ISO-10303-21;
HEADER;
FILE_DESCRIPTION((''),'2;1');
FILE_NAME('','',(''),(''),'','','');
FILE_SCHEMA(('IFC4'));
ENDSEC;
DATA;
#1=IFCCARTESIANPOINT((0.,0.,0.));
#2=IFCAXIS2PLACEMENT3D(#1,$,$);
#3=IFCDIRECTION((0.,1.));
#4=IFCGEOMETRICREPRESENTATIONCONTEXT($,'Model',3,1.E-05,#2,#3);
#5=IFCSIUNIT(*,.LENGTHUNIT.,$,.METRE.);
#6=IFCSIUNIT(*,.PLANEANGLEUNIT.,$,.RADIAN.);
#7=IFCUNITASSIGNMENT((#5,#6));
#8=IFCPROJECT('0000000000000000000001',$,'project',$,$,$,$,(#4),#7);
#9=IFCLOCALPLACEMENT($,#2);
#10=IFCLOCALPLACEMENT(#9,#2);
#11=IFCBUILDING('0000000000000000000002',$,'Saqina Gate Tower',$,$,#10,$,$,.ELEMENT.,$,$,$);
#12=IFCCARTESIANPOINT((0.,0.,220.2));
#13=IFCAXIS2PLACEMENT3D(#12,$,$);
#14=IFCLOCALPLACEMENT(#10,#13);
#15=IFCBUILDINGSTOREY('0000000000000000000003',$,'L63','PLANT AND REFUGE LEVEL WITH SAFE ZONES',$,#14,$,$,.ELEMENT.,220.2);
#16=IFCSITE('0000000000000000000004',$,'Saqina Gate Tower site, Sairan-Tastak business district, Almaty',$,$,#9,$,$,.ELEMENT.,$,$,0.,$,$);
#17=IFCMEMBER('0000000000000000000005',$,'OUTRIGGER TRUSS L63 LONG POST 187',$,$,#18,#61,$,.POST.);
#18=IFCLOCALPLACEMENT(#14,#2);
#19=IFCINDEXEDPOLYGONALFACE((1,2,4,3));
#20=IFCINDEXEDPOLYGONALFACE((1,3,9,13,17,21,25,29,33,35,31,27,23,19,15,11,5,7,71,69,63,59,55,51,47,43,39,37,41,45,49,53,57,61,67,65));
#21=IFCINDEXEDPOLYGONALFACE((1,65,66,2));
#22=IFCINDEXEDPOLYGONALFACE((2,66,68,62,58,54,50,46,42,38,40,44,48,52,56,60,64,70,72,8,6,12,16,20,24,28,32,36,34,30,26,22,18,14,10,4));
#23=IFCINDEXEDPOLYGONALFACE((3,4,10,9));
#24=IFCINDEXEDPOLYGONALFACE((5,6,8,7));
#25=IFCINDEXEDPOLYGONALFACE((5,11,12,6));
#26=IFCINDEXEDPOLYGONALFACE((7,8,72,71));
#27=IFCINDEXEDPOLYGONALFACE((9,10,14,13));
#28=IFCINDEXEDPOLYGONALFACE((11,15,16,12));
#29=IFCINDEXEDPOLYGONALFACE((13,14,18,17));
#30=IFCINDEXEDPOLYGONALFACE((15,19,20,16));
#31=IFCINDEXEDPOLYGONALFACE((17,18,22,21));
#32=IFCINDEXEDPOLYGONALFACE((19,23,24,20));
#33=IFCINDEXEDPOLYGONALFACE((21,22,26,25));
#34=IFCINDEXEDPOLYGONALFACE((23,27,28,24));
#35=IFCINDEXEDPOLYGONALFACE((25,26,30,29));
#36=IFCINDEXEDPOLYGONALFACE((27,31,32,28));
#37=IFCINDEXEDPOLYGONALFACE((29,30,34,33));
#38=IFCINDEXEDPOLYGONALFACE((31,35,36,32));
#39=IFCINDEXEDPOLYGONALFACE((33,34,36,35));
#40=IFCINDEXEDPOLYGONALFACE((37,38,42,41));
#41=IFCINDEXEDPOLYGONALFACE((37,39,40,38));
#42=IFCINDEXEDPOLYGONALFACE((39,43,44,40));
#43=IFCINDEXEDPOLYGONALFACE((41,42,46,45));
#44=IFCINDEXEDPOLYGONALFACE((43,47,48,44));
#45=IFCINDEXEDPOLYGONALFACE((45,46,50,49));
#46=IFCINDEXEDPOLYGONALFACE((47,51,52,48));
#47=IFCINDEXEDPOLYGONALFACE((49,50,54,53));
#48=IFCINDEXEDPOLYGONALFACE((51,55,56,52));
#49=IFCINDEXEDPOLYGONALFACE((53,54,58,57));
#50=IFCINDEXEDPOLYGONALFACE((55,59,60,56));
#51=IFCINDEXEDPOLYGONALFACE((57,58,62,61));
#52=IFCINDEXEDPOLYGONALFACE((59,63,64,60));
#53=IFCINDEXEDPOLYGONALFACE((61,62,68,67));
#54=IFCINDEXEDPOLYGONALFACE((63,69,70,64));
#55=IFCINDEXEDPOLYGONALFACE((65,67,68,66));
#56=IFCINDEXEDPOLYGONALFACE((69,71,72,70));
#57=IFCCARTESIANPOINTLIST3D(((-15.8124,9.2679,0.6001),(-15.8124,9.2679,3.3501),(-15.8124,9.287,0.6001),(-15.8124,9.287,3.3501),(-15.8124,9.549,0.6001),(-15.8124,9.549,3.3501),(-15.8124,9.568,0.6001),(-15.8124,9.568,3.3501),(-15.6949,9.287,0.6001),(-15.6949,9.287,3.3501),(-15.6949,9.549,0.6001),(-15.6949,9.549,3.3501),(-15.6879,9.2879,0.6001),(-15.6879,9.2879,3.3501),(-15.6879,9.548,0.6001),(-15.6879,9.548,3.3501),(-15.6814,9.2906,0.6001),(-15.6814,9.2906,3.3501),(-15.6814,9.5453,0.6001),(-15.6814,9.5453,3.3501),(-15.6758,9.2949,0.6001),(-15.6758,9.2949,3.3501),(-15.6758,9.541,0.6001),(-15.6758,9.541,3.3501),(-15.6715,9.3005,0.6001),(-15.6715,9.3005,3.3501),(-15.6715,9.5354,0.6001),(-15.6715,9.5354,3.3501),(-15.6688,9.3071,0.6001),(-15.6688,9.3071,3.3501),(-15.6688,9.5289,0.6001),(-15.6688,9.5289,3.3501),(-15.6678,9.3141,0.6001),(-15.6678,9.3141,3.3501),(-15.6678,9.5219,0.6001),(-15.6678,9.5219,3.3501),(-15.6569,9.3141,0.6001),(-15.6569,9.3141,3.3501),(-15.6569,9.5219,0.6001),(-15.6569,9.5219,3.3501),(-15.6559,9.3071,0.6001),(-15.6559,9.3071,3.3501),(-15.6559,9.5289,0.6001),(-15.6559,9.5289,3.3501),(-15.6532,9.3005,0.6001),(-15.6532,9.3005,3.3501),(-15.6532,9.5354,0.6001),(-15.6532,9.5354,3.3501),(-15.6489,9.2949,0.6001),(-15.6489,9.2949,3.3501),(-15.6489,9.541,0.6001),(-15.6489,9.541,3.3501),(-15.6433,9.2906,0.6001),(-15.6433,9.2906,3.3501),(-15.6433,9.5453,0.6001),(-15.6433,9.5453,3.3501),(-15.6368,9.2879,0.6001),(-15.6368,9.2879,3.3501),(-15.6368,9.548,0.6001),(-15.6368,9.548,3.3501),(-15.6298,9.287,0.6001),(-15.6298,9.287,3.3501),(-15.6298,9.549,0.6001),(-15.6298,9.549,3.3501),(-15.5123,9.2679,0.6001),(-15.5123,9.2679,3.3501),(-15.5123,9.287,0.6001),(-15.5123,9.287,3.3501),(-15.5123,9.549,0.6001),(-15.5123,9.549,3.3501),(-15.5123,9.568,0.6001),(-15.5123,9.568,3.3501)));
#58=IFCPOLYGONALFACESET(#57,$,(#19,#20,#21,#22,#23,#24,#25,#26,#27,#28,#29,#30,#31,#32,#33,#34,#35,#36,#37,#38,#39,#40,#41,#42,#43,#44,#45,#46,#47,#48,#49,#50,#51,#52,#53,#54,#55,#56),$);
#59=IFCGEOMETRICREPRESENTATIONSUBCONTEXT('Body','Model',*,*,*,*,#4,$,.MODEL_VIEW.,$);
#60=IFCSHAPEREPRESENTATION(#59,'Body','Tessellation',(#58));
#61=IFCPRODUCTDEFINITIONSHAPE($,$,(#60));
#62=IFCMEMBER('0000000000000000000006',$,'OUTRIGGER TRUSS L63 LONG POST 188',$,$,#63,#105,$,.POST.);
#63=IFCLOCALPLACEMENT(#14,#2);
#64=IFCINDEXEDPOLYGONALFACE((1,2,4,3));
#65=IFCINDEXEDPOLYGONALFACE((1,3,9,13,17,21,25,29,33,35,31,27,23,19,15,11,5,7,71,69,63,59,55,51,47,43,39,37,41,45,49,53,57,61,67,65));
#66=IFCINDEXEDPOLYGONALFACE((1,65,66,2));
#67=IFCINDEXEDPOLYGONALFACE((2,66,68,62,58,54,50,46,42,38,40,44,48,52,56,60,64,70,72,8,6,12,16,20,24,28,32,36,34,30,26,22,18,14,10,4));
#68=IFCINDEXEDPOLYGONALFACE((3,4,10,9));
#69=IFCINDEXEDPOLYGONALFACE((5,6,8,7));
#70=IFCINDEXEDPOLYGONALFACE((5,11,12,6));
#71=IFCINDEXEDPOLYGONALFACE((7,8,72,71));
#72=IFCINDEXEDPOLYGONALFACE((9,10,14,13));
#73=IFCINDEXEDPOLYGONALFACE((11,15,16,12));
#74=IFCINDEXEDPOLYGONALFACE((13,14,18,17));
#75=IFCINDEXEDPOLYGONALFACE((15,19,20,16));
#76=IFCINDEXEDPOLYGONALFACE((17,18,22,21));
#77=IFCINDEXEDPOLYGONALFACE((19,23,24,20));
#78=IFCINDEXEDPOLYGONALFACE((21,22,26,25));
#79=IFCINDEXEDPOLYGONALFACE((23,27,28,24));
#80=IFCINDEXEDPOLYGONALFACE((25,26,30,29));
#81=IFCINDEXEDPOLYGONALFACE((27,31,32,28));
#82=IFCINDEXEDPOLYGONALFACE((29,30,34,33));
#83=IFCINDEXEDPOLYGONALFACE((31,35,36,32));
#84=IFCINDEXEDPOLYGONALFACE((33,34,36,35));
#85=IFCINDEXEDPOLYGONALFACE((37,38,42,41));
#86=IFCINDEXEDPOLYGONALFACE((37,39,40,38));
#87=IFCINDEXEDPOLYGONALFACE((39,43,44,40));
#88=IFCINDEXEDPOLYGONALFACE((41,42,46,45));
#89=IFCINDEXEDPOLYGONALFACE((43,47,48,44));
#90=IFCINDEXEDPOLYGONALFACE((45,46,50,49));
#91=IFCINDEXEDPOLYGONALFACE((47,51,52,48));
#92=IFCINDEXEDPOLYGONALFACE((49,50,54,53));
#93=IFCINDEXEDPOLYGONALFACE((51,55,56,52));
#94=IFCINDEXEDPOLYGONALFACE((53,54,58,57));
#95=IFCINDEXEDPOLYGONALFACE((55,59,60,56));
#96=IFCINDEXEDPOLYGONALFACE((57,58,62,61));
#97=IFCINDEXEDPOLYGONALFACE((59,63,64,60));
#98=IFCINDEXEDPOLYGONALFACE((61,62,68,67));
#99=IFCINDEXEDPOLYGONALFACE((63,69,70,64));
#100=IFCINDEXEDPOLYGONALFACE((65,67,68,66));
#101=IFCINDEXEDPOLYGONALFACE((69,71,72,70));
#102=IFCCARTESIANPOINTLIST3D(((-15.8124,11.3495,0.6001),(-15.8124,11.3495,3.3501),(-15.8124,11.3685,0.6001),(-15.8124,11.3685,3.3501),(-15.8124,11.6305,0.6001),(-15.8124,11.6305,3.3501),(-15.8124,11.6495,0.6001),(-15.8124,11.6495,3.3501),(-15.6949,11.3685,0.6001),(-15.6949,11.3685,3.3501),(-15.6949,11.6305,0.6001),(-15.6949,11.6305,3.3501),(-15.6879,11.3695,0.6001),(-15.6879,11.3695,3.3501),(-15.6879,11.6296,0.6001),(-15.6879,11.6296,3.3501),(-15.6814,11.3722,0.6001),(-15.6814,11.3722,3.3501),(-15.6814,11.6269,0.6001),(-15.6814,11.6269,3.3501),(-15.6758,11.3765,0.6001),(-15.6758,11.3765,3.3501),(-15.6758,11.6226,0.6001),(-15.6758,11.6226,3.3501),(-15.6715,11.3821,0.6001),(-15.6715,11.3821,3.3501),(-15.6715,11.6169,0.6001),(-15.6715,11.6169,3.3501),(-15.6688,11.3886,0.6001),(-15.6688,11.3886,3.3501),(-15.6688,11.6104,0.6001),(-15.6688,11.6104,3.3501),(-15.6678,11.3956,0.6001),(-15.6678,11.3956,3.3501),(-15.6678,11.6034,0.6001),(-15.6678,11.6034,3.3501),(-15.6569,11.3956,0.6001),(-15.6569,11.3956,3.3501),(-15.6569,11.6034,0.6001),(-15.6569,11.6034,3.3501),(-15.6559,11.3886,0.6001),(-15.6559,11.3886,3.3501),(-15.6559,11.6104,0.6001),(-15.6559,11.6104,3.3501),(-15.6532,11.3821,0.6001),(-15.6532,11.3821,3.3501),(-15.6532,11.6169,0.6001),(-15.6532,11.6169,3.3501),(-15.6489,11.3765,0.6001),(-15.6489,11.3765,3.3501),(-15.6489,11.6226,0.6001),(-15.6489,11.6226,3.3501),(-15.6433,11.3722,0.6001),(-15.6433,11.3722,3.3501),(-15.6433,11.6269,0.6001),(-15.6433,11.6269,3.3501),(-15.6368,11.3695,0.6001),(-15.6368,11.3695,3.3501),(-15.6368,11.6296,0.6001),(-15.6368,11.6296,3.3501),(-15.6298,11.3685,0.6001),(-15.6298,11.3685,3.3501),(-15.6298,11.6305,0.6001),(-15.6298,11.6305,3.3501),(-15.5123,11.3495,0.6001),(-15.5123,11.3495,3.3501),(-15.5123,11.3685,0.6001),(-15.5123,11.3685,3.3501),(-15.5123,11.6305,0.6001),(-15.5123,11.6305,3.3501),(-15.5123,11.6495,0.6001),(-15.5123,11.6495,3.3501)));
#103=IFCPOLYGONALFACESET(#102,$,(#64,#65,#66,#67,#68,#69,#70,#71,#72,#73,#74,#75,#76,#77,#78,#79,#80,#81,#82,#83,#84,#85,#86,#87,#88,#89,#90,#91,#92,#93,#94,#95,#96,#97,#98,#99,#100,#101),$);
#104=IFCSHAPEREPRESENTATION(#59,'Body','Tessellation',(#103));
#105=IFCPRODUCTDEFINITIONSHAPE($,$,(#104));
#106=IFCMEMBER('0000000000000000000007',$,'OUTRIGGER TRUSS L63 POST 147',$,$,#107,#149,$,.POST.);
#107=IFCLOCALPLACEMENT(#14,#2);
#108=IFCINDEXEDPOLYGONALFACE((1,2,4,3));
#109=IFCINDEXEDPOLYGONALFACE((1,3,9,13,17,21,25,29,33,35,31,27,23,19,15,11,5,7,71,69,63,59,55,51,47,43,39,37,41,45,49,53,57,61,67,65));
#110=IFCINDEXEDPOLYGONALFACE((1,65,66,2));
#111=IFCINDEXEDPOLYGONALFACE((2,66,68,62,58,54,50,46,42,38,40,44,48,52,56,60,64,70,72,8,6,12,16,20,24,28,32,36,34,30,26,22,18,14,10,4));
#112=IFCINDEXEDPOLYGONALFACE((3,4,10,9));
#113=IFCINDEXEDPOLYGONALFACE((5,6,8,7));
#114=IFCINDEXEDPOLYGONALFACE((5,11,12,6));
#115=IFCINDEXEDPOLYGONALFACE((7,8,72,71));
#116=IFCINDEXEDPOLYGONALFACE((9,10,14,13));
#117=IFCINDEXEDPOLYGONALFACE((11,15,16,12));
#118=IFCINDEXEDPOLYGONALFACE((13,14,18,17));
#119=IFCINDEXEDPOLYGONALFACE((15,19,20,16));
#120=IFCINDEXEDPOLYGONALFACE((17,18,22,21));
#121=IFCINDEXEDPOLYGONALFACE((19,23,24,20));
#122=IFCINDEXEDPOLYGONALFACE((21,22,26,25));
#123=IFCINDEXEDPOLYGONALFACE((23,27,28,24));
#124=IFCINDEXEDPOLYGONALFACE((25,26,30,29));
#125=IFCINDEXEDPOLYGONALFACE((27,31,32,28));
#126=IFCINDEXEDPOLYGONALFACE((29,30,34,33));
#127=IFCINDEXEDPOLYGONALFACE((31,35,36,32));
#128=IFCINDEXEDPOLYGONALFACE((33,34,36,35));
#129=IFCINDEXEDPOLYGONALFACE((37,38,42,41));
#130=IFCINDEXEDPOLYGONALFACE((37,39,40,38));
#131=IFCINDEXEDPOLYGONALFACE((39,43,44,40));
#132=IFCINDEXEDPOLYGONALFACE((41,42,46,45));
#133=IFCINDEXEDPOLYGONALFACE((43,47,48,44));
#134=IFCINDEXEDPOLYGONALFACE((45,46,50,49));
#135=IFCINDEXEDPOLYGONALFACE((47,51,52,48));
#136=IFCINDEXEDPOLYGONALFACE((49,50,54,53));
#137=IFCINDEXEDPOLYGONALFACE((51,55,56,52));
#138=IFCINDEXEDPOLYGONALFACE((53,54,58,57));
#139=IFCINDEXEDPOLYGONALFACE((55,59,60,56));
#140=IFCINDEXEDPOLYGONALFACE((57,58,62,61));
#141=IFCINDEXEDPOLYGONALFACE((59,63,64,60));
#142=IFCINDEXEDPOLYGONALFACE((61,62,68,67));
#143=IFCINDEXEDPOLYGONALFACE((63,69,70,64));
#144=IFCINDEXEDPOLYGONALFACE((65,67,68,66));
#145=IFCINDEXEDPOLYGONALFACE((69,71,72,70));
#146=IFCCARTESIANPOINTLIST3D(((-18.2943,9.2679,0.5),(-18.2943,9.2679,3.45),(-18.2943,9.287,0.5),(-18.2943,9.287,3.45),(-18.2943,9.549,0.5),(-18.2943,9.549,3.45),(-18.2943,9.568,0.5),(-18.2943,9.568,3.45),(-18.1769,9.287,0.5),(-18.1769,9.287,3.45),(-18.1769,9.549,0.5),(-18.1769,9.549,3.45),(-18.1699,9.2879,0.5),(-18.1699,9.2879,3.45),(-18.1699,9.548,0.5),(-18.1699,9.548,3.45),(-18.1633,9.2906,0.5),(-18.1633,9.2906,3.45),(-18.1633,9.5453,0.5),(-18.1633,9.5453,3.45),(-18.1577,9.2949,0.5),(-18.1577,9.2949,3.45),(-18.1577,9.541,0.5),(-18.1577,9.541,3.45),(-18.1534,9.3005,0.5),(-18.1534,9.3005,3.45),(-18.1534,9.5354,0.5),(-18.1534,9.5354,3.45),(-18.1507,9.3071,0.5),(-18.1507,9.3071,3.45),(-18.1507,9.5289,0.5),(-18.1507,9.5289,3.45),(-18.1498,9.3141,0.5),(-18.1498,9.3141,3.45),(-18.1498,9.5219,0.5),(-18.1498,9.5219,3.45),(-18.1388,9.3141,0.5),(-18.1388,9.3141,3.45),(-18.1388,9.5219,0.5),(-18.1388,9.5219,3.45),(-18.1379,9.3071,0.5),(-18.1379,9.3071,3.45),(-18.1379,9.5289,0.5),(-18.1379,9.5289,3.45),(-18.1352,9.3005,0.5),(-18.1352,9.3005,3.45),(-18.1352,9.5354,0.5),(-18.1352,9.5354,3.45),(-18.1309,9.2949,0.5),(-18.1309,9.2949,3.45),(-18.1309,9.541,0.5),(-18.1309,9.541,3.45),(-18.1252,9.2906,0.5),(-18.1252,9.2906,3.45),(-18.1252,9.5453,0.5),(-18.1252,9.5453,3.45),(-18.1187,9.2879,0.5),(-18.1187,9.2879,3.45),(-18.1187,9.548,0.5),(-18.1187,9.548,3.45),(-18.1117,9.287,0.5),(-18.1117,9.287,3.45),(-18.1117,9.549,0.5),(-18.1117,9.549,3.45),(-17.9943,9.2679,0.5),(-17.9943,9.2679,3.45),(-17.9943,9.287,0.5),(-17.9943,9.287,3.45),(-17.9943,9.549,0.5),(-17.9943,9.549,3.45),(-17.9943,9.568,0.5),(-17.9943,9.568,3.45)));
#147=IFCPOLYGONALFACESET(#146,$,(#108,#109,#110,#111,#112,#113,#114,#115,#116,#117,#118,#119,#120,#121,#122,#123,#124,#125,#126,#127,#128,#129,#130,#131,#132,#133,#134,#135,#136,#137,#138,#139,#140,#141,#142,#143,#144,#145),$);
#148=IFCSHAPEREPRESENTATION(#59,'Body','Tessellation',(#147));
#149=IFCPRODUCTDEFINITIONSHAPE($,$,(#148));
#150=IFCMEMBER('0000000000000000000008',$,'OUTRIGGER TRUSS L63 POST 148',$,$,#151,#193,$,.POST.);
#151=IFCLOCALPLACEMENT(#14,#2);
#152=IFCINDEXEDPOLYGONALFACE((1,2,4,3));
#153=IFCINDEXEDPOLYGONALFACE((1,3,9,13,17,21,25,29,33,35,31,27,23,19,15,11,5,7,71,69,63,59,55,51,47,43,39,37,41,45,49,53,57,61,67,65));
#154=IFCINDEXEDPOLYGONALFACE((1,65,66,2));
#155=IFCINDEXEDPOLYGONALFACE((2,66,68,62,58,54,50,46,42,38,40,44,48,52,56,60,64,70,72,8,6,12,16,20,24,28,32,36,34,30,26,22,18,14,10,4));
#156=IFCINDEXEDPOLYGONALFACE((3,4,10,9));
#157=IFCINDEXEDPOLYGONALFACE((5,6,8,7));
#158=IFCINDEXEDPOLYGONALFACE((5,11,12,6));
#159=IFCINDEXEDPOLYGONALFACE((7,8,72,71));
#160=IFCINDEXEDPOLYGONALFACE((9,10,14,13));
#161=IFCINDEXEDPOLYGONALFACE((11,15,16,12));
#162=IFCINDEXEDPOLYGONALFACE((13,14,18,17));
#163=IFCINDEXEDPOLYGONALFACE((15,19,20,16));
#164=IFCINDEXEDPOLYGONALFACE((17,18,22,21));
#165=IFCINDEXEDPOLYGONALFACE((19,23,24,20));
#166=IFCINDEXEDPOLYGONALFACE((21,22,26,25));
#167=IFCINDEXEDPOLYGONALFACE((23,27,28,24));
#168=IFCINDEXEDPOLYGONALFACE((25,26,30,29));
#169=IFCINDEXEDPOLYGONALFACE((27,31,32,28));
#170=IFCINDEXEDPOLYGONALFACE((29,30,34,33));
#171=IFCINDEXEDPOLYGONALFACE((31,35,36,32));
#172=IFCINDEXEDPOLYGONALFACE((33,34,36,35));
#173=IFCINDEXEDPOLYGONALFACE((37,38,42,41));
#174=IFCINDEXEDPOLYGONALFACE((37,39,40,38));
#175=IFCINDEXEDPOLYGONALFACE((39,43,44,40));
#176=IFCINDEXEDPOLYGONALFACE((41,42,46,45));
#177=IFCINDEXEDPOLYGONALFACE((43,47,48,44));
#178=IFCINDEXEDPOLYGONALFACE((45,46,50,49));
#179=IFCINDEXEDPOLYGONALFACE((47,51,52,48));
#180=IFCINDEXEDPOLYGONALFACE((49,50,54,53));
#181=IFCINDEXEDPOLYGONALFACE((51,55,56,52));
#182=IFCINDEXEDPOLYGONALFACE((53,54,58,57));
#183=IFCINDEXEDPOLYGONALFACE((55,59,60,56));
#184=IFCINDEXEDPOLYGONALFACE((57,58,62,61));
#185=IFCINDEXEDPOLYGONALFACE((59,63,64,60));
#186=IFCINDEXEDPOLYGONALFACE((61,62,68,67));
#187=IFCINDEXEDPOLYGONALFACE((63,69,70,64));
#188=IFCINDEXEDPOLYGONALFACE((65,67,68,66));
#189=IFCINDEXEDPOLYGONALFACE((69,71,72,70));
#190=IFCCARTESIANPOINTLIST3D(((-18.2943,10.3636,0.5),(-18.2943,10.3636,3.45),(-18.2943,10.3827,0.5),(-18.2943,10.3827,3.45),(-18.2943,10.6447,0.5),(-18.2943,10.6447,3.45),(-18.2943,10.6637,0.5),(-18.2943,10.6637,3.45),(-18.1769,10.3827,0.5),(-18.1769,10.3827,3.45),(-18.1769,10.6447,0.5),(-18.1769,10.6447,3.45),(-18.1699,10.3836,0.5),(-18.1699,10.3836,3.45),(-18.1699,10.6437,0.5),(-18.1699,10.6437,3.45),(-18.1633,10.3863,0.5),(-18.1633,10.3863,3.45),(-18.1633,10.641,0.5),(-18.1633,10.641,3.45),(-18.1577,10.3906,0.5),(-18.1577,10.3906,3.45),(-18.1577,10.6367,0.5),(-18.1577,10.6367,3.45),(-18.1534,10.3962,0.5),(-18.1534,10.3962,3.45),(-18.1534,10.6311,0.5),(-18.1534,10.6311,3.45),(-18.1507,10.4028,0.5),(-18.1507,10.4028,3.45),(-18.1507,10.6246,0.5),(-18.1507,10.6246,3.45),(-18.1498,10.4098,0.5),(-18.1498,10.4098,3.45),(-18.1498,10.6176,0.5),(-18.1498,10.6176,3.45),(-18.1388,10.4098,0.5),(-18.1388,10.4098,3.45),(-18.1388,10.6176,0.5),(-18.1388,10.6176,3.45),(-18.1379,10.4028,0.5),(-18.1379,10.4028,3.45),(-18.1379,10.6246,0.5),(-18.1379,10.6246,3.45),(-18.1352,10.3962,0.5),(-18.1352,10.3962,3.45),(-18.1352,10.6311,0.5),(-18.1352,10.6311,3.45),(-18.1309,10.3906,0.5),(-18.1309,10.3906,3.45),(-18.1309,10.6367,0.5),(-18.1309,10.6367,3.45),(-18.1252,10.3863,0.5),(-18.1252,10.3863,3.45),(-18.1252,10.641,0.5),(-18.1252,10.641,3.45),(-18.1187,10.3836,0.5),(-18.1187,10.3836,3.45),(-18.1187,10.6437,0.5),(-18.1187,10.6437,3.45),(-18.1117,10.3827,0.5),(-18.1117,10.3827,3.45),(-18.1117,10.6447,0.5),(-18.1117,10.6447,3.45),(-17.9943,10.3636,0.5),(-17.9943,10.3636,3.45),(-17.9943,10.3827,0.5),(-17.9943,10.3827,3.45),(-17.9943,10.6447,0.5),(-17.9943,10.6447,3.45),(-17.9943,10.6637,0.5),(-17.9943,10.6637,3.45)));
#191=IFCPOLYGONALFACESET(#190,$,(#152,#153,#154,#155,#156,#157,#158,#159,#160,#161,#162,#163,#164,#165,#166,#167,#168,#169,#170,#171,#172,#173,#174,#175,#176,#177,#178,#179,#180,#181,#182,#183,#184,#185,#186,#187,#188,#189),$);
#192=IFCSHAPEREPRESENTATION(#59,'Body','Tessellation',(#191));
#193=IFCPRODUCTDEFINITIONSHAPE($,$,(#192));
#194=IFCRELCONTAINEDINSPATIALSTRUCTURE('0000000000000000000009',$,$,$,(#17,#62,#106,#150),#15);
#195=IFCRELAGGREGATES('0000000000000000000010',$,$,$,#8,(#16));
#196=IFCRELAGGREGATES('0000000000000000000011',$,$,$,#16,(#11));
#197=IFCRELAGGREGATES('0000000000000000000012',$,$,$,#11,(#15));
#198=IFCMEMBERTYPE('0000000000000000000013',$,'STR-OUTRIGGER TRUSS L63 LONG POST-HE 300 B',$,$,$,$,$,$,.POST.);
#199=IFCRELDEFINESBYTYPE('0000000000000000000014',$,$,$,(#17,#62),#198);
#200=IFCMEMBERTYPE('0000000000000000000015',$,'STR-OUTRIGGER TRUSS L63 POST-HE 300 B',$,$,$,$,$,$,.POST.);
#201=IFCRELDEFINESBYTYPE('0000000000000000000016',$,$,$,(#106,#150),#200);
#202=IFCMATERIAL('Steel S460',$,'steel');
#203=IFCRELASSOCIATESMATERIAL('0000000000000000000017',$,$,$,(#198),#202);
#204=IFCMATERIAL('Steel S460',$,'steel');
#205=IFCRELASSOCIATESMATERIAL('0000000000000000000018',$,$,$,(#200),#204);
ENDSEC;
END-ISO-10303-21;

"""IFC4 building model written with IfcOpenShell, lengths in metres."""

from ifc_helpers import new_model, si_unit, direction, frame, origin, origin_2d, place, context, subcontext, project, spatial, i_section, extrude, material, material_profile, profile_set, type_object, element, save


model = new_model("IFC4")

# Units and contexts
model_context = context("Model", 3, precision=1e-05, world=origin(), true_north=direction((0.0, 1.0)))
body_context = subcontext(model_context, "Body", "Model", "MODEL_VIEW")
ifc_project = project(units=[si_unit("LENGTHUNIT", "METRE"), si_unit("PLANEANGLEUNIT", "RADIAN")], contexts=[model_context])

# Site, building, storey
site_placement = place(None, origin())
site = spatial("IfcSite", under=ifc_project, at=site_placement, Name="Saqina Gate Tower site, Sairan-Tastak business district, Almaty", CompositionType="ELEMENT", RefElevation=0.0)
building_placement = place(site_placement, origin())
building = spatial("IfcBuilding", under=site, at=building_placement, Name="Saqina Gate Tower", CompositionType="ELEMENT")
storey_placement = place(building_placement, frame((0.0, 0.0, 220.2)))
storey = spatial("IfcBuildingStorey", under=building, at=storey_placement, Name="L63", Description="PLANT AND REFUGE LEVEL WITH SAFE ZONES", CompositionType="ELEMENT", Elevation=220.2)

# Members
ifc_material_1 = material(Name="Steel S460", Category="steel")
ifc_material_profile_1 = material_profile(ifc_material_1, i_section(OverallWidth=0.3, OverallDepth=0.3, WebThickness=0.011, FlangeThickness=0.019, FilletRadius=0.0271, at=origin_2d()), Name="HE 300 B")
ifc_profile_set_1 = profile_set([ifc_material_profile_1], Name="Steel S460")
member_type_1 = type_object("IfcMemberType", Name="STR-OUTRIGGER TRUSS L63 LONG POST-HE 300 B", PredefinedType="POST", material=ifc_profile_set_1)
for number, where, z_axis, x_axis, name in (
    (1, (-15.6624, 9.418, 0.6001), (0.0, 0.0, 1.0), (1.0, 0.0, 0.0), "OUTRIGGER TRUSS L63 LONG POST 187"),
    (2, (-15.6624, 11.4995, 0.6001), (0.0, 0.0, 1.0), (1.0, 0.0, 0.0), "OUTRIGGER TRUSS L63 LONG POST 188"),
):
    element("IfcMember", number, at=place(storey_placement, frame(where, z_axis=z_axis, x_axis=x_axis)), inside=storey, type_object=member_type_1, Name=name, PredefinedType="POST", context=body_context, shape_type="SweptSolid", body=[
        extrude(i_section(OverallWidth=0.3, OverallDepth=0.3, WebThickness=0.011, FlangeThickness=0.019, FilletRadius=0.0271, at=origin_2d()), origin(), (0.0, 0.0, 1.0), 2.75),
    ])
ifc_material_2 = material(Name="Steel S460", Category="steel")
ifc_material_profile_2 = material_profile(ifc_material_2, i_section(OverallWidth=0.3, OverallDepth=0.3, WebThickness=0.011, FlangeThickness=0.019, FilletRadius=0.0271, at=origin_2d()), Name="HE 300 B")
ifc_profile_set_2 = profile_set([ifc_material_profile_2], Name="Steel S460")
member_type_2 = type_object("IfcMemberType", Name="STR-OUTRIGGER TRUSS L63 POST-HE 300 B", PredefinedType="POST", material=ifc_profile_set_2)
for number, where, z_axis, x_axis, name in (
    (3, (-18.1443, 9.418, 0.5), (0.0, 0.0, 1.0), (1.0, 0.0, 0.0), "OUTRIGGER TRUSS L63 POST 147"),
    (4, (-18.1443, 10.5137, 0.5), (0.0, 0.0, 1.0), (1.0, 0.0, 0.0), "OUTRIGGER TRUSS L63 POST 148"),
):
    element("IfcMember", number, at=place(storey_placement, frame(where, z_axis=z_axis, x_axis=x_axis)), inside=storey, type_object=member_type_2, Name=name, PredefinedType="POST", context=body_context, shape_type="SweptSolid", body=[
        extrude(i_section(OverallWidth=0.3, OverallDepth=0.3, WebThickness=0.011, FlangeThickness=0.019, FilletRadius=0.0271, at=origin_2d()), origin(), (0.0, 0.0, 1.0), 2.95),
    ])

save(model, "model.ifc")
